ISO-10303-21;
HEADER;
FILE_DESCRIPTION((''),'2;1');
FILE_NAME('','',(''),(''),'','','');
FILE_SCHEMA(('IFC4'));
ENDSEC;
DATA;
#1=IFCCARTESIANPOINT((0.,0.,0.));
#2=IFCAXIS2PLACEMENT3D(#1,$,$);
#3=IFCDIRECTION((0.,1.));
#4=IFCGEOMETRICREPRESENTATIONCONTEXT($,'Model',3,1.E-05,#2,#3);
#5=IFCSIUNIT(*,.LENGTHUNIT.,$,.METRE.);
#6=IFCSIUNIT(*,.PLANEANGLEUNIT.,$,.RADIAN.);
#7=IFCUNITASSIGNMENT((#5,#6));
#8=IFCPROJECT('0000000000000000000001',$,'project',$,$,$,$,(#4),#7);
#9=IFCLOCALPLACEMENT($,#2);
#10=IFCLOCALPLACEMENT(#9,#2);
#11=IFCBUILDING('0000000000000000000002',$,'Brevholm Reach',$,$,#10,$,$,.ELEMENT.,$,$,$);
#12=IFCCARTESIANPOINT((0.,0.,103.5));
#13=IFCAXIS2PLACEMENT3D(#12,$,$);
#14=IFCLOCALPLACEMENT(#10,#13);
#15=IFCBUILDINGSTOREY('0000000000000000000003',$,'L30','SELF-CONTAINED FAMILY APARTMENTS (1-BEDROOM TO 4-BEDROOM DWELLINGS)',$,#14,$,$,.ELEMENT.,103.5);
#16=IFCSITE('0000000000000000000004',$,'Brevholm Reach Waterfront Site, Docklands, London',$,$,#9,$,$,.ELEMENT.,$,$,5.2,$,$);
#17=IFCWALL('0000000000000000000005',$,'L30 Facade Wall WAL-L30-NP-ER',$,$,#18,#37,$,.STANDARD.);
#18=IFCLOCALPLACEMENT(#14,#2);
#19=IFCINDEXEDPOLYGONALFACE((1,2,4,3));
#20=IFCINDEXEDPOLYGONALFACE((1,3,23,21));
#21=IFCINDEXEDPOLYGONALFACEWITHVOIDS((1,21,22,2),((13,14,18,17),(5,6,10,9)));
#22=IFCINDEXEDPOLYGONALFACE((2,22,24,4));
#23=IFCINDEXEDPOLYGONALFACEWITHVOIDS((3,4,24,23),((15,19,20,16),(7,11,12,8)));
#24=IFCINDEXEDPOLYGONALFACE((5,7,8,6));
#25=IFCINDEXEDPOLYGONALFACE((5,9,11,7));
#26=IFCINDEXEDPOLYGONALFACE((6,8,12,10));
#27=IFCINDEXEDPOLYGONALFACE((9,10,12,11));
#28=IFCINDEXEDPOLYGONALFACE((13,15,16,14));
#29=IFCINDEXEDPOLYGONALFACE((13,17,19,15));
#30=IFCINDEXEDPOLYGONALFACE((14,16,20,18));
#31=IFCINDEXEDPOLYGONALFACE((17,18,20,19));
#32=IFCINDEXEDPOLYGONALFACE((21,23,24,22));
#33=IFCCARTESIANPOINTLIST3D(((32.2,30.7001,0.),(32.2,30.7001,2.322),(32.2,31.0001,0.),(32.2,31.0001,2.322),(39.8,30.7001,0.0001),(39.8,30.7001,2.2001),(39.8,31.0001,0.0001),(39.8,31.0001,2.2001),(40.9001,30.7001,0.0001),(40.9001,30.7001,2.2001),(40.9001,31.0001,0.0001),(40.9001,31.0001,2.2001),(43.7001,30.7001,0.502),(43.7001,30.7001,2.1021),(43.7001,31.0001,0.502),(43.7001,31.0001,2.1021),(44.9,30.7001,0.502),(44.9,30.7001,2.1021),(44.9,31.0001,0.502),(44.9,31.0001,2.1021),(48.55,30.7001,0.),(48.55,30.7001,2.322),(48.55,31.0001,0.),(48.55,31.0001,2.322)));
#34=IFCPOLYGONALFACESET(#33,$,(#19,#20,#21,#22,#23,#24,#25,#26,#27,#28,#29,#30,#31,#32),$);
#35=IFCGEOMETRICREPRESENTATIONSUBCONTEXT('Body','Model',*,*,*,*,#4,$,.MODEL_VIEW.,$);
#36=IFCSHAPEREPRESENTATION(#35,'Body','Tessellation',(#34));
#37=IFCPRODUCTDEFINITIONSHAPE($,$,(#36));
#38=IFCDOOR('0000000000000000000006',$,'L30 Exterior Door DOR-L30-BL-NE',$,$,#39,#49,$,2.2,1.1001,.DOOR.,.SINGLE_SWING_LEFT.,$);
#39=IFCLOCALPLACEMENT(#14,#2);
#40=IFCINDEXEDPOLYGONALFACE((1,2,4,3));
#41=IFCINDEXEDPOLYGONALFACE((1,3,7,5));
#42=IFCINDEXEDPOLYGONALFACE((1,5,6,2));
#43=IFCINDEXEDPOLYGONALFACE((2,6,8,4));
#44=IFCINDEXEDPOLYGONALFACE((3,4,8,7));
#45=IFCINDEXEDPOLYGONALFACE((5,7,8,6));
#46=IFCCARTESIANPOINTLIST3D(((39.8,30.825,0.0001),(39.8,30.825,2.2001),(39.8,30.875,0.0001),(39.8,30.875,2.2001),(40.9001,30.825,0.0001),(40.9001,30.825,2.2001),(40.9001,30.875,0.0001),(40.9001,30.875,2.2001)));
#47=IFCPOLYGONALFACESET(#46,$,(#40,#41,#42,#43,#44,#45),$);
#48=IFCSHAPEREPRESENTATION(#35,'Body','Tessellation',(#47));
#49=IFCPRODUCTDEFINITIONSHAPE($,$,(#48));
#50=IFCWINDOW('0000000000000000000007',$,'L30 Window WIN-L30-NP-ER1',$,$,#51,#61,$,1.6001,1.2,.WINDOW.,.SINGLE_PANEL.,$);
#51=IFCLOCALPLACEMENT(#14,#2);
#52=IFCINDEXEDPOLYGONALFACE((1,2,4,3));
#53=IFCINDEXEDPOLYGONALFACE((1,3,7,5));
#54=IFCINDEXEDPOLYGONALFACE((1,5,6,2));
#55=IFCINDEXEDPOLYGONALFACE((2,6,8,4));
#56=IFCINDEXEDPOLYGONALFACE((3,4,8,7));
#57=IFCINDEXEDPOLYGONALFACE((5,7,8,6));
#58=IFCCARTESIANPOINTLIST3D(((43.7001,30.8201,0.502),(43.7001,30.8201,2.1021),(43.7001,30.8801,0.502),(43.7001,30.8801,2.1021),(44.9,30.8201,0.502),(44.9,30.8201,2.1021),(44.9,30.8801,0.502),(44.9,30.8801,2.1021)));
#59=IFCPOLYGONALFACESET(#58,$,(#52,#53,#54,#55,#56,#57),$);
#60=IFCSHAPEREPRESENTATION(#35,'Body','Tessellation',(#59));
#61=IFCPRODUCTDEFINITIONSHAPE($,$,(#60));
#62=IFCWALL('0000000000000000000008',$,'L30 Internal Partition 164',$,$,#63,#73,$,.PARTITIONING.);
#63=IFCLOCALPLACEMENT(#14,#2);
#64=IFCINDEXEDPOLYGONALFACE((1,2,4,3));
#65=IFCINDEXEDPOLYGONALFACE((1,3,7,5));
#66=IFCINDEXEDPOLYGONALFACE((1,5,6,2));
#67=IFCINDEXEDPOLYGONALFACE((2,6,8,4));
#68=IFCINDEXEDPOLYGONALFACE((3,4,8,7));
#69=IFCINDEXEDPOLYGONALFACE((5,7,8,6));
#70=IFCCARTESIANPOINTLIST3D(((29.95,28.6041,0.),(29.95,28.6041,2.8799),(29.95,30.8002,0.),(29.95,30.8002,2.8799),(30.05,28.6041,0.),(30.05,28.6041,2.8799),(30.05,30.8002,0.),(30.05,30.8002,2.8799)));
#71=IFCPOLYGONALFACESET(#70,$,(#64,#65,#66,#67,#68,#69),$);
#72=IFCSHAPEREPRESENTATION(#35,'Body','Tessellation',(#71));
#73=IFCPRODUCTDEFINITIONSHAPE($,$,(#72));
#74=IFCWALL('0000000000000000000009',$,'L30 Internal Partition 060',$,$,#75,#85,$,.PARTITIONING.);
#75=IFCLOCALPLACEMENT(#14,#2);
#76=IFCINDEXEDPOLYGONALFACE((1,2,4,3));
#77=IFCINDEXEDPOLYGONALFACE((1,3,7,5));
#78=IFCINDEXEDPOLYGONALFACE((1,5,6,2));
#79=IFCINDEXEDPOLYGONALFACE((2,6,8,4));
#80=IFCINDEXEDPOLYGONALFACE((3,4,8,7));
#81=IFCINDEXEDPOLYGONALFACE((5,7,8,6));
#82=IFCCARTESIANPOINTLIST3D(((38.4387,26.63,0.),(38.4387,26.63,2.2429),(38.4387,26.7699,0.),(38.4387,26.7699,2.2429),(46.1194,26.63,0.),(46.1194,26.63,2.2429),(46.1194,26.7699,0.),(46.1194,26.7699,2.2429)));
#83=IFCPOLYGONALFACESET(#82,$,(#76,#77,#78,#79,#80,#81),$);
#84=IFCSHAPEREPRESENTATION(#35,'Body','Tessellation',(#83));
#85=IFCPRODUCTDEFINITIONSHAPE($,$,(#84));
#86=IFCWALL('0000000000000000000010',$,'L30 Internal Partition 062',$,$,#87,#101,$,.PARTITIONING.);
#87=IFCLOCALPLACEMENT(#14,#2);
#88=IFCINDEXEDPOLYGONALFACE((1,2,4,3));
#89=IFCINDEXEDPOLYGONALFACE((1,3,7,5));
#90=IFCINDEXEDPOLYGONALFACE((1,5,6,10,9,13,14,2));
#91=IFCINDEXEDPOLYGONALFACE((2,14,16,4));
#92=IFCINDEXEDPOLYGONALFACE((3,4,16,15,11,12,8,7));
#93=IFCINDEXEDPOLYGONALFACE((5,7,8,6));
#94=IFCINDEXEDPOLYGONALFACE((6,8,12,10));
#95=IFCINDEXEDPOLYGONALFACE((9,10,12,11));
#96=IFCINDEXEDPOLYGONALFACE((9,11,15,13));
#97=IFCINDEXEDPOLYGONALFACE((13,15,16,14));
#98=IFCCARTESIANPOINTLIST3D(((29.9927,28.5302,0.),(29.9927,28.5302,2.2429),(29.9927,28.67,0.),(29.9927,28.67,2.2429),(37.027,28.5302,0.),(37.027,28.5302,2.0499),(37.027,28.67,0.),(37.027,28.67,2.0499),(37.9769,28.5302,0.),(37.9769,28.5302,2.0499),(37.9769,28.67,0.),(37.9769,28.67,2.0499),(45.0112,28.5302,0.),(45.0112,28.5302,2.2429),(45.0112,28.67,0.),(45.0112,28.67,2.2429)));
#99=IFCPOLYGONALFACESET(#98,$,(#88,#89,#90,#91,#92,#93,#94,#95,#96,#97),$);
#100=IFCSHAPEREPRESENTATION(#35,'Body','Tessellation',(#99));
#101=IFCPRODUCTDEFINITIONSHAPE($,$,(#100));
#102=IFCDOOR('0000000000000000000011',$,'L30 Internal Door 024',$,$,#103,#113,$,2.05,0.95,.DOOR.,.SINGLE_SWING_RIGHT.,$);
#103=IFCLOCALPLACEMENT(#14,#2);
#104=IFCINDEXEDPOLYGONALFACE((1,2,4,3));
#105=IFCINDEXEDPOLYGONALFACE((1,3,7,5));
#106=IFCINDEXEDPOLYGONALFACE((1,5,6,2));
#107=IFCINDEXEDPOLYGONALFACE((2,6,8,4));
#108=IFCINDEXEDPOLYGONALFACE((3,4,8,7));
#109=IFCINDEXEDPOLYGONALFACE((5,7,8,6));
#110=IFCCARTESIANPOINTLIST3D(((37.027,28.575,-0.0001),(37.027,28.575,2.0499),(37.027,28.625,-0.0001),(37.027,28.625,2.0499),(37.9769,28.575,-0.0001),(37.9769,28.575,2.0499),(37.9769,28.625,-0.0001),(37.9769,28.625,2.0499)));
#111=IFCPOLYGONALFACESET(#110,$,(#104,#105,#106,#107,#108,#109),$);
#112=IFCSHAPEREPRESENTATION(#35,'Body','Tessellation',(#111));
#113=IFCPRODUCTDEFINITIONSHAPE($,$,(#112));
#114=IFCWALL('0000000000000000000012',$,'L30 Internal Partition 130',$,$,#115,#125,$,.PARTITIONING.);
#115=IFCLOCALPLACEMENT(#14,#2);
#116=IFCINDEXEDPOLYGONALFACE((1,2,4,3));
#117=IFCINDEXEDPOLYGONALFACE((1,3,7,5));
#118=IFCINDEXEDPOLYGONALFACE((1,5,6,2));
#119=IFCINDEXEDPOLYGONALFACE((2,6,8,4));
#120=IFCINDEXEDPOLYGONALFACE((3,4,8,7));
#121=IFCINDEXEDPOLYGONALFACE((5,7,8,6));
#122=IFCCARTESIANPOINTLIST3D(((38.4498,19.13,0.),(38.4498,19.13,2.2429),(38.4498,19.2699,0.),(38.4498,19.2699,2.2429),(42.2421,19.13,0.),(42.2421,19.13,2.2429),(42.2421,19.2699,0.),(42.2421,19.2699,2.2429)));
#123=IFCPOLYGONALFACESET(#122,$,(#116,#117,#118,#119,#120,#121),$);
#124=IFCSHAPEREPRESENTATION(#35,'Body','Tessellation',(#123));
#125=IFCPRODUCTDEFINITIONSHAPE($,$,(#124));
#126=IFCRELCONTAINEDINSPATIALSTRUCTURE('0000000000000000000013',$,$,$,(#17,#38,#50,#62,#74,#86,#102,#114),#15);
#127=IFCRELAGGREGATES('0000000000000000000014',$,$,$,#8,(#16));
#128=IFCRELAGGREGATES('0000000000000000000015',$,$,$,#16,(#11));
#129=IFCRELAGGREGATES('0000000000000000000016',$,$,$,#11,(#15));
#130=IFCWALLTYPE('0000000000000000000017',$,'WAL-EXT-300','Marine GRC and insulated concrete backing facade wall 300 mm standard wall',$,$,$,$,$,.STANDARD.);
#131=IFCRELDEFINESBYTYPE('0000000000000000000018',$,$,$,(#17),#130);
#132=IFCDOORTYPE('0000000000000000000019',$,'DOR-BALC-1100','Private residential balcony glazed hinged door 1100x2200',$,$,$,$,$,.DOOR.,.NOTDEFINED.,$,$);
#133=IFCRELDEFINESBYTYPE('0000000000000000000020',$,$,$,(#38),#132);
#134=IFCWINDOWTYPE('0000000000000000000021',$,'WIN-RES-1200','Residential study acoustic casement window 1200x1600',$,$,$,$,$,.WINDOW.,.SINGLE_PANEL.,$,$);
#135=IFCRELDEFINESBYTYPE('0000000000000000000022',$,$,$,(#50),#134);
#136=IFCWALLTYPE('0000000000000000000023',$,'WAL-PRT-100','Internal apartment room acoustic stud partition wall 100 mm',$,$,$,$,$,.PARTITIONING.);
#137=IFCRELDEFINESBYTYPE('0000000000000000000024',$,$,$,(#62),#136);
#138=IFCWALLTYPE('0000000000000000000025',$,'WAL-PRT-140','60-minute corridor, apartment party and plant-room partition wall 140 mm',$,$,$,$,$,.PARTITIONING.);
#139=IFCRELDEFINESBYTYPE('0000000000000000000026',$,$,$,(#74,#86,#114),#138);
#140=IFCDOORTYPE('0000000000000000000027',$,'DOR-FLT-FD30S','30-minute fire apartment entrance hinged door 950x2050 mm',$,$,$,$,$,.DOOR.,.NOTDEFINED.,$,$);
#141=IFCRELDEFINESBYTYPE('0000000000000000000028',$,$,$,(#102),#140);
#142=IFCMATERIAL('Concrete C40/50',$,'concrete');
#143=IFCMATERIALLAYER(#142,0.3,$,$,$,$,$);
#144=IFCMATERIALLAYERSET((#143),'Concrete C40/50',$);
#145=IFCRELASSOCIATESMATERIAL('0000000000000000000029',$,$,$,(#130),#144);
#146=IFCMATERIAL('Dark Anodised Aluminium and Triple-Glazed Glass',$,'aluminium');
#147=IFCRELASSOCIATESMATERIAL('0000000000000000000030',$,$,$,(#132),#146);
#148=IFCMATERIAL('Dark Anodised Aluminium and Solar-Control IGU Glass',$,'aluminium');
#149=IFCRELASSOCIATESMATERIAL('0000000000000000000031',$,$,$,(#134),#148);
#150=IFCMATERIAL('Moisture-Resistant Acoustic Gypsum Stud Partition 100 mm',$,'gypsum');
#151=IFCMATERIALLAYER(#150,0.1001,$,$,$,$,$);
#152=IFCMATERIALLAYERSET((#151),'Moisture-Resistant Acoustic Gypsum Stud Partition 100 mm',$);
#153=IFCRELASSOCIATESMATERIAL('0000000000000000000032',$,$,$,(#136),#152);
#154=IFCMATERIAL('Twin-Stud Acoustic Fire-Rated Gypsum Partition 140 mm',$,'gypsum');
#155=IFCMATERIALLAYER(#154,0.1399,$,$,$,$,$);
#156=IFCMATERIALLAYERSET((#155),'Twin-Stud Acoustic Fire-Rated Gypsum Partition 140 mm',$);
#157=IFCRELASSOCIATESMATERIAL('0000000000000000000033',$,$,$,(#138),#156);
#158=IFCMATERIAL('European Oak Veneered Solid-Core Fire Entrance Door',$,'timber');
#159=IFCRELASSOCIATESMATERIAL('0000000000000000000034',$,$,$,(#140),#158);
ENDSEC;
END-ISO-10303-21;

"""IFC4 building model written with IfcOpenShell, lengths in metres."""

from ifc_helpers import new_model, si_unit, direction, frame, frame_2d, origin, place, context, subcontext, project, spatial, rectangle, extrude, material, layer, layer_set, type_object, element, fill, save


model = new_model("IFC4")

# Units and contexts
model_context = context("Model", 3, precision=1e-05, world=origin(), true_north=direction((0.0, 1.0)))
body_context = subcontext(model_context, "Body", "Model", "MODEL_VIEW")
ifc_project = project(units=[si_unit("LENGTHUNIT", "METRE"), si_unit("PLANEANGLEUNIT", "RADIAN")], contexts=[model_context])

# Site, building, storey
site_placement = place(None, origin())
site = spatial("IfcSite", under=ifc_project, at=site_placement, Name="Brevholm Reach Waterfront Site, Docklands, London", CompositionType="ELEMENT", RefElevation=5.2)
building_placement = place(site_placement, origin())
building = spatial("IfcBuilding", under=site, at=building_placement, Name="Brevholm Reach", CompositionType="ELEMENT")
storey_placement = place(building_placement, frame((0.0, 0.0, 103.5)))
storey = spatial("IfcBuildingStorey", under=building, at=storey_placement, Name="L30", Description="SELF-CONTAINED FAMILY APARTMENTS (1-BEDROOM TO 4-BEDROOM DWELLINGS)", CompositionType="ELEMENT", Elevation=103.5)

# Wall, openings, door, window
ifc_material_1 = material(Name="Concrete C40/50", Category="concrete")
ifc_layer_1 = layer(ifc_material_1, 0.3)
ifc_layer_set_1 = layer_set([ifc_layer_1], Name="Concrete C40/50")
wall_type_1 = type_object("IfcWallType", Name="WAL-EXT-300", Description="Marine GRC and insulated concrete backing facade wall 300 mm standard wall", PredefinedType="STANDARD", material=ifc_layer_set_1)
wall_1_placement = place(storey_placement, frame((32.2, 30.8501, 0.0), z_axis=(0.0, 0.0, 1.0), x_axis=(1.0, 0.0, 0.0)))
wall_1 = element("IfcWall", 1, at=wall_1_placement, inside=storey, type_object=wall_type_1, Name="L30 Facade Wall WAL-L30-NP-ER", PredefinedType="STANDARD", context=body_context, shape_type="SweptSolid", body=[
    extrude(rectangle(XDim=16.3501, YDim=0.3, at=frame_2d((8.175, 0.0))), origin(), (0.0, 0.0, 1.0), 2.322),
])
opening_1_placement = place(wall_1_placement, frame((7.6001, 0.0, 0.0)))
opening_1 = element("IfcOpeningElement", 2, at=opening_1_placement, cuts=wall_1, PredefinedType="OPENING", context=body_context, shape_type="SweptSolid", body=[
    extrude(rectangle(XDim=1.1001, YDim=2.2, at=frame_2d((0.55, 1.1001))), frame((0.0, 0.1599, 0.0), z_axis=(0.0, -1.0, 0.0), x_axis=(1.0, 0.0, 0.0)), (0.0, 0.0, 1.0), 0.3201),
])
opening_2_placement = place(wall_1_placement, frame((11.5, 0.0, 0.502)))
opening_2 = element("IfcOpeningElement", 3, at=opening_2_placement, cuts=wall_1, PredefinedType="OPENING", context=body_context, shape_type="SweptSolid", body=[
    extrude(rectangle(XDim=1.2, YDim=1.6001, at=frame_2d((0.6001, 0.8))), frame((0.0, 0.1599, 0.0), z_axis=(0.0, -1.0, 0.0), x_axis=(1.0, 0.0, 0.0)), (0.0, 0.0, 1.0), 0.3201),
])
ifc_material_2 = material(Name="Dark Anodised Aluminium and Triple-Glazed Glass", Category="aluminium")
door_type_1 = type_object("IfcDoorType", Name="DOR-BALC-1100", Description="Private residential balcony glazed hinged door 1100x2200", OperationType="NOTDEFINED", PredefinedType="DOOR", material=ifc_material_2)
door_1_placement = place(opening_1_placement, origin())
door_1 = element("IfcDoor", 4, at=door_1_placement, inside=storey, type_object=door_type_1, Name="L30 Exterior Door DOR-L30-BL-NE", OperationType="SINGLE_SWING_LEFT", OverallHeight=2.2, OverallWidth=1.1001, PredefinedType="DOOR", context=body_context, shape_type="SweptSolid", body=[
    extrude(rectangle(XDim=1.1001, YDim=2.2, at=frame_2d((0.55, 1.1001))), frame((0.0, 0.0249, 0.0), z_axis=(0.0, -1.0, 0.0), x_axis=(1.0, 0.0, 0.0)), (0.0, 0.0, 1.0), 0.05),
])
fill(opening_1, door_1)
ifc_material_3 = material(Name="Dark Anodised Aluminium and Solar-Control IGU Glass", Category="aluminium")
window_type = type_object("IfcWindowType", Name="WIN-RES-1200", Description="Residential study acoustic casement window 1200x1600", PartitioningType="SINGLE_PANEL", PredefinedType="WINDOW", material=ifc_material_3)
window_placement = place(opening_2_placement, origin())
window = element("IfcWindow", 5, at=window_placement, inside=storey, type_object=window_type, Name="L30 Window WIN-L30-NP-ER1", OverallHeight=1.6001, OverallWidth=1.2, PartitioningType="SINGLE_PANEL", PredefinedType="WINDOW", context=body_context, shape_type="SweptSolid", body=[
    extrude(rectangle(XDim=1.2, YDim=1.6001, at=frame_2d((0.6001, 0.8))), frame((0.0, 0.03, 0.0), z_axis=(0.0, -1.0, 0.0), x_axis=(1.0, 0.0, 0.0)), (0.0, 0.0, 1.0), 0.0601),
])
fill(opening_2, window)

# Walls
ifc_material_4 = material(Name="Moisture-Resistant Acoustic Gypsum Stud Partition 100 mm", Category="gypsum")
ifc_layer_2 = layer(ifc_material_4, 0.1001)
ifc_layer_set_2 = layer_set([ifc_layer_2], Name="Moisture-Resistant Acoustic Gypsum Stud Partition 100 mm")
wall_type_2 = type_object("IfcWallType", Name="WAL-PRT-100", Description="Internal apartment room acoustic stud partition wall 100 mm", PredefinedType="PARTITIONING", material=ifc_layer_set_2)
wall_2_placement = place(storey_placement, frame((30.0, 28.604, 0.0), z_axis=(0.0, 0.0, 1.0), x_axis=(0.0, 1.0, 0.0)))
element("IfcWall", 6, at=wall_2_placement, inside=storey, type_object=wall_type_2, Name="L30 Internal Partition 164", PredefinedType="PARTITIONING", context=body_context, shape_type="SweptSolid", body=[
    extrude(rectangle(XDim=2.196, YDim=0.1001, at=frame_2d((1.0981, 0.0))), origin(), (0.0, 0.0, 1.0), 2.8799),
])
ifc_material_5 = material(Name="Twin-Stud Acoustic Fire-Rated Gypsum Partition 140 mm", Category="gypsum")
ifc_layer_3 = layer(ifc_material_5, 0.1399)
ifc_layer_set_3 = layer_set([ifc_layer_3], Name="Twin-Stud Acoustic Fire-Rated Gypsum Partition 140 mm")
wall_type_3 = type_object("IfcWallType", Name="WAL-PRT-140", Description="60-minute corridor, apartment party and plant-room partition wall 140 mm", PredefinedType="PARTITIONING", material=ifc_layer_set_3)
wall_3_placement = place(storey_placement, frame((38.4387, 26.7, 0.0), z_axis=(0.0, 0.0, 1.0), x_axis=(1.0, 0.0, 0.0)))
element("IfcWall", 7, at=wall_3_placement, inside=storey, type_object=wall_type_3, Name="L30 Internal Partition 060", PredefinedType="PARTITIONING", context=body_context, shape_type="SweptSolid", body=[
    extrude(rectangle(XDim=7.6807, YDim=0.1399, at=frame_2d((3.8403, 0.0))), origin(), (0.0, 0.0, 1.0), 2.2429),
])

# Wall, opening, door
wall_4_placement = place(storey_placement, frame((29.9927, 28.6001, 0.0), z_axis=(0.0, 0.0, 1.0), x_axis=(1.0, 0.0, 0.0)))
wall_4 = element("IfcWall", 8, at=wall_4_placement, inside=storey, type_object=wall_type_3, Name="L30 Internal Partition 062", PredefinedType="PARTITIONING", context=body_context, shape_type="SweptSolid", body=[
    extrude(rectangle(XDim=15.0186, YDim=0.1399, at=frame_2d((7.5093, 0.0))), origin(), (0.0, 0.0, 1.0), 2.2429),
])
opening_3_placement = place(wall_4_placement, frame((7.0342, 0.0, 0.0)))
opening_3 = element("IfcOpeningElement", 9, at=opening_3_placement, cuts=wall_4, PredefinedType="OPENING", context=body_context, shape_type="SweptSolid", body=[
    extrude(rectangle(XDim=0.95, YDim=2.05, at=frame_2d((0.4751, 1.0249))), frame((0.0, 0.0798, 0.0), z_axis=(0.0, -1.0, 0.0), x_axis=(1.0, 0.0, 0.0)), (0.0, 0.0, 1.0), 0.1599),
])
ifc_material_6 = material(Name="European Oak Veneered Solid-Core Fire Entrance Door", Category="timber")
door_type_2 = type_object("IfcDoorType", Name="DOR-FLT-FD30S", Description="30-minute fire apartment entrance hinged door 950x2050 mm", OperationType="NOTDEFINED", PredefinedType="DOOR", material=ifc_material_6)
door_2_placement = place(opening_3_placement, origin())
door_2 = element("IfcDoor", 10, at=door_2_placement, inside=storey, type_object=door_type_2, Name="L30 Internal Door 024", OperationType="SINGLE_SWING_RIGHT", OverallHeight=2.05, OverallWidth=0.95, PredefinedType="DOOR", context=body_context, shape_type="SweptSolid", body=[
    extrude(rectangle(XDim=0.95, YDim=2.05, at=frame_2d((0.4751, 1.0249))), frame((0.0, 0.0249, 0.0), z_axis=(0.0, -1.0, 0.0), x_axis=(1.0, 0.0, 0.0)), (0.0, 0.0, 1.0), 0.05),
])
fill(opening_3, door_2)

# Wall
wall_5_placement = place(storey_placement, frame((38.45, 19.2, 0.0), z_axis=(0.0, 0.0, 1.0), x_axis=(1.0, 0.0, 0.0)))
element("IfcWall", 11, at=wall_5_placement, inside=storey, type_object=wall_type_3, Name="L30 Internal Partition 130", PredefinedType="PARTITIONING", context=body_context, shape_type="SweptSolid", body=[
    extrude(rectangle(XDim=3.7922, YDim=0.1399, at=frame_2d((1.896, 0.0))), origin(), (0.0, 0.0, 1.0), 2.2429),
])

save(model, "model.ifc")
